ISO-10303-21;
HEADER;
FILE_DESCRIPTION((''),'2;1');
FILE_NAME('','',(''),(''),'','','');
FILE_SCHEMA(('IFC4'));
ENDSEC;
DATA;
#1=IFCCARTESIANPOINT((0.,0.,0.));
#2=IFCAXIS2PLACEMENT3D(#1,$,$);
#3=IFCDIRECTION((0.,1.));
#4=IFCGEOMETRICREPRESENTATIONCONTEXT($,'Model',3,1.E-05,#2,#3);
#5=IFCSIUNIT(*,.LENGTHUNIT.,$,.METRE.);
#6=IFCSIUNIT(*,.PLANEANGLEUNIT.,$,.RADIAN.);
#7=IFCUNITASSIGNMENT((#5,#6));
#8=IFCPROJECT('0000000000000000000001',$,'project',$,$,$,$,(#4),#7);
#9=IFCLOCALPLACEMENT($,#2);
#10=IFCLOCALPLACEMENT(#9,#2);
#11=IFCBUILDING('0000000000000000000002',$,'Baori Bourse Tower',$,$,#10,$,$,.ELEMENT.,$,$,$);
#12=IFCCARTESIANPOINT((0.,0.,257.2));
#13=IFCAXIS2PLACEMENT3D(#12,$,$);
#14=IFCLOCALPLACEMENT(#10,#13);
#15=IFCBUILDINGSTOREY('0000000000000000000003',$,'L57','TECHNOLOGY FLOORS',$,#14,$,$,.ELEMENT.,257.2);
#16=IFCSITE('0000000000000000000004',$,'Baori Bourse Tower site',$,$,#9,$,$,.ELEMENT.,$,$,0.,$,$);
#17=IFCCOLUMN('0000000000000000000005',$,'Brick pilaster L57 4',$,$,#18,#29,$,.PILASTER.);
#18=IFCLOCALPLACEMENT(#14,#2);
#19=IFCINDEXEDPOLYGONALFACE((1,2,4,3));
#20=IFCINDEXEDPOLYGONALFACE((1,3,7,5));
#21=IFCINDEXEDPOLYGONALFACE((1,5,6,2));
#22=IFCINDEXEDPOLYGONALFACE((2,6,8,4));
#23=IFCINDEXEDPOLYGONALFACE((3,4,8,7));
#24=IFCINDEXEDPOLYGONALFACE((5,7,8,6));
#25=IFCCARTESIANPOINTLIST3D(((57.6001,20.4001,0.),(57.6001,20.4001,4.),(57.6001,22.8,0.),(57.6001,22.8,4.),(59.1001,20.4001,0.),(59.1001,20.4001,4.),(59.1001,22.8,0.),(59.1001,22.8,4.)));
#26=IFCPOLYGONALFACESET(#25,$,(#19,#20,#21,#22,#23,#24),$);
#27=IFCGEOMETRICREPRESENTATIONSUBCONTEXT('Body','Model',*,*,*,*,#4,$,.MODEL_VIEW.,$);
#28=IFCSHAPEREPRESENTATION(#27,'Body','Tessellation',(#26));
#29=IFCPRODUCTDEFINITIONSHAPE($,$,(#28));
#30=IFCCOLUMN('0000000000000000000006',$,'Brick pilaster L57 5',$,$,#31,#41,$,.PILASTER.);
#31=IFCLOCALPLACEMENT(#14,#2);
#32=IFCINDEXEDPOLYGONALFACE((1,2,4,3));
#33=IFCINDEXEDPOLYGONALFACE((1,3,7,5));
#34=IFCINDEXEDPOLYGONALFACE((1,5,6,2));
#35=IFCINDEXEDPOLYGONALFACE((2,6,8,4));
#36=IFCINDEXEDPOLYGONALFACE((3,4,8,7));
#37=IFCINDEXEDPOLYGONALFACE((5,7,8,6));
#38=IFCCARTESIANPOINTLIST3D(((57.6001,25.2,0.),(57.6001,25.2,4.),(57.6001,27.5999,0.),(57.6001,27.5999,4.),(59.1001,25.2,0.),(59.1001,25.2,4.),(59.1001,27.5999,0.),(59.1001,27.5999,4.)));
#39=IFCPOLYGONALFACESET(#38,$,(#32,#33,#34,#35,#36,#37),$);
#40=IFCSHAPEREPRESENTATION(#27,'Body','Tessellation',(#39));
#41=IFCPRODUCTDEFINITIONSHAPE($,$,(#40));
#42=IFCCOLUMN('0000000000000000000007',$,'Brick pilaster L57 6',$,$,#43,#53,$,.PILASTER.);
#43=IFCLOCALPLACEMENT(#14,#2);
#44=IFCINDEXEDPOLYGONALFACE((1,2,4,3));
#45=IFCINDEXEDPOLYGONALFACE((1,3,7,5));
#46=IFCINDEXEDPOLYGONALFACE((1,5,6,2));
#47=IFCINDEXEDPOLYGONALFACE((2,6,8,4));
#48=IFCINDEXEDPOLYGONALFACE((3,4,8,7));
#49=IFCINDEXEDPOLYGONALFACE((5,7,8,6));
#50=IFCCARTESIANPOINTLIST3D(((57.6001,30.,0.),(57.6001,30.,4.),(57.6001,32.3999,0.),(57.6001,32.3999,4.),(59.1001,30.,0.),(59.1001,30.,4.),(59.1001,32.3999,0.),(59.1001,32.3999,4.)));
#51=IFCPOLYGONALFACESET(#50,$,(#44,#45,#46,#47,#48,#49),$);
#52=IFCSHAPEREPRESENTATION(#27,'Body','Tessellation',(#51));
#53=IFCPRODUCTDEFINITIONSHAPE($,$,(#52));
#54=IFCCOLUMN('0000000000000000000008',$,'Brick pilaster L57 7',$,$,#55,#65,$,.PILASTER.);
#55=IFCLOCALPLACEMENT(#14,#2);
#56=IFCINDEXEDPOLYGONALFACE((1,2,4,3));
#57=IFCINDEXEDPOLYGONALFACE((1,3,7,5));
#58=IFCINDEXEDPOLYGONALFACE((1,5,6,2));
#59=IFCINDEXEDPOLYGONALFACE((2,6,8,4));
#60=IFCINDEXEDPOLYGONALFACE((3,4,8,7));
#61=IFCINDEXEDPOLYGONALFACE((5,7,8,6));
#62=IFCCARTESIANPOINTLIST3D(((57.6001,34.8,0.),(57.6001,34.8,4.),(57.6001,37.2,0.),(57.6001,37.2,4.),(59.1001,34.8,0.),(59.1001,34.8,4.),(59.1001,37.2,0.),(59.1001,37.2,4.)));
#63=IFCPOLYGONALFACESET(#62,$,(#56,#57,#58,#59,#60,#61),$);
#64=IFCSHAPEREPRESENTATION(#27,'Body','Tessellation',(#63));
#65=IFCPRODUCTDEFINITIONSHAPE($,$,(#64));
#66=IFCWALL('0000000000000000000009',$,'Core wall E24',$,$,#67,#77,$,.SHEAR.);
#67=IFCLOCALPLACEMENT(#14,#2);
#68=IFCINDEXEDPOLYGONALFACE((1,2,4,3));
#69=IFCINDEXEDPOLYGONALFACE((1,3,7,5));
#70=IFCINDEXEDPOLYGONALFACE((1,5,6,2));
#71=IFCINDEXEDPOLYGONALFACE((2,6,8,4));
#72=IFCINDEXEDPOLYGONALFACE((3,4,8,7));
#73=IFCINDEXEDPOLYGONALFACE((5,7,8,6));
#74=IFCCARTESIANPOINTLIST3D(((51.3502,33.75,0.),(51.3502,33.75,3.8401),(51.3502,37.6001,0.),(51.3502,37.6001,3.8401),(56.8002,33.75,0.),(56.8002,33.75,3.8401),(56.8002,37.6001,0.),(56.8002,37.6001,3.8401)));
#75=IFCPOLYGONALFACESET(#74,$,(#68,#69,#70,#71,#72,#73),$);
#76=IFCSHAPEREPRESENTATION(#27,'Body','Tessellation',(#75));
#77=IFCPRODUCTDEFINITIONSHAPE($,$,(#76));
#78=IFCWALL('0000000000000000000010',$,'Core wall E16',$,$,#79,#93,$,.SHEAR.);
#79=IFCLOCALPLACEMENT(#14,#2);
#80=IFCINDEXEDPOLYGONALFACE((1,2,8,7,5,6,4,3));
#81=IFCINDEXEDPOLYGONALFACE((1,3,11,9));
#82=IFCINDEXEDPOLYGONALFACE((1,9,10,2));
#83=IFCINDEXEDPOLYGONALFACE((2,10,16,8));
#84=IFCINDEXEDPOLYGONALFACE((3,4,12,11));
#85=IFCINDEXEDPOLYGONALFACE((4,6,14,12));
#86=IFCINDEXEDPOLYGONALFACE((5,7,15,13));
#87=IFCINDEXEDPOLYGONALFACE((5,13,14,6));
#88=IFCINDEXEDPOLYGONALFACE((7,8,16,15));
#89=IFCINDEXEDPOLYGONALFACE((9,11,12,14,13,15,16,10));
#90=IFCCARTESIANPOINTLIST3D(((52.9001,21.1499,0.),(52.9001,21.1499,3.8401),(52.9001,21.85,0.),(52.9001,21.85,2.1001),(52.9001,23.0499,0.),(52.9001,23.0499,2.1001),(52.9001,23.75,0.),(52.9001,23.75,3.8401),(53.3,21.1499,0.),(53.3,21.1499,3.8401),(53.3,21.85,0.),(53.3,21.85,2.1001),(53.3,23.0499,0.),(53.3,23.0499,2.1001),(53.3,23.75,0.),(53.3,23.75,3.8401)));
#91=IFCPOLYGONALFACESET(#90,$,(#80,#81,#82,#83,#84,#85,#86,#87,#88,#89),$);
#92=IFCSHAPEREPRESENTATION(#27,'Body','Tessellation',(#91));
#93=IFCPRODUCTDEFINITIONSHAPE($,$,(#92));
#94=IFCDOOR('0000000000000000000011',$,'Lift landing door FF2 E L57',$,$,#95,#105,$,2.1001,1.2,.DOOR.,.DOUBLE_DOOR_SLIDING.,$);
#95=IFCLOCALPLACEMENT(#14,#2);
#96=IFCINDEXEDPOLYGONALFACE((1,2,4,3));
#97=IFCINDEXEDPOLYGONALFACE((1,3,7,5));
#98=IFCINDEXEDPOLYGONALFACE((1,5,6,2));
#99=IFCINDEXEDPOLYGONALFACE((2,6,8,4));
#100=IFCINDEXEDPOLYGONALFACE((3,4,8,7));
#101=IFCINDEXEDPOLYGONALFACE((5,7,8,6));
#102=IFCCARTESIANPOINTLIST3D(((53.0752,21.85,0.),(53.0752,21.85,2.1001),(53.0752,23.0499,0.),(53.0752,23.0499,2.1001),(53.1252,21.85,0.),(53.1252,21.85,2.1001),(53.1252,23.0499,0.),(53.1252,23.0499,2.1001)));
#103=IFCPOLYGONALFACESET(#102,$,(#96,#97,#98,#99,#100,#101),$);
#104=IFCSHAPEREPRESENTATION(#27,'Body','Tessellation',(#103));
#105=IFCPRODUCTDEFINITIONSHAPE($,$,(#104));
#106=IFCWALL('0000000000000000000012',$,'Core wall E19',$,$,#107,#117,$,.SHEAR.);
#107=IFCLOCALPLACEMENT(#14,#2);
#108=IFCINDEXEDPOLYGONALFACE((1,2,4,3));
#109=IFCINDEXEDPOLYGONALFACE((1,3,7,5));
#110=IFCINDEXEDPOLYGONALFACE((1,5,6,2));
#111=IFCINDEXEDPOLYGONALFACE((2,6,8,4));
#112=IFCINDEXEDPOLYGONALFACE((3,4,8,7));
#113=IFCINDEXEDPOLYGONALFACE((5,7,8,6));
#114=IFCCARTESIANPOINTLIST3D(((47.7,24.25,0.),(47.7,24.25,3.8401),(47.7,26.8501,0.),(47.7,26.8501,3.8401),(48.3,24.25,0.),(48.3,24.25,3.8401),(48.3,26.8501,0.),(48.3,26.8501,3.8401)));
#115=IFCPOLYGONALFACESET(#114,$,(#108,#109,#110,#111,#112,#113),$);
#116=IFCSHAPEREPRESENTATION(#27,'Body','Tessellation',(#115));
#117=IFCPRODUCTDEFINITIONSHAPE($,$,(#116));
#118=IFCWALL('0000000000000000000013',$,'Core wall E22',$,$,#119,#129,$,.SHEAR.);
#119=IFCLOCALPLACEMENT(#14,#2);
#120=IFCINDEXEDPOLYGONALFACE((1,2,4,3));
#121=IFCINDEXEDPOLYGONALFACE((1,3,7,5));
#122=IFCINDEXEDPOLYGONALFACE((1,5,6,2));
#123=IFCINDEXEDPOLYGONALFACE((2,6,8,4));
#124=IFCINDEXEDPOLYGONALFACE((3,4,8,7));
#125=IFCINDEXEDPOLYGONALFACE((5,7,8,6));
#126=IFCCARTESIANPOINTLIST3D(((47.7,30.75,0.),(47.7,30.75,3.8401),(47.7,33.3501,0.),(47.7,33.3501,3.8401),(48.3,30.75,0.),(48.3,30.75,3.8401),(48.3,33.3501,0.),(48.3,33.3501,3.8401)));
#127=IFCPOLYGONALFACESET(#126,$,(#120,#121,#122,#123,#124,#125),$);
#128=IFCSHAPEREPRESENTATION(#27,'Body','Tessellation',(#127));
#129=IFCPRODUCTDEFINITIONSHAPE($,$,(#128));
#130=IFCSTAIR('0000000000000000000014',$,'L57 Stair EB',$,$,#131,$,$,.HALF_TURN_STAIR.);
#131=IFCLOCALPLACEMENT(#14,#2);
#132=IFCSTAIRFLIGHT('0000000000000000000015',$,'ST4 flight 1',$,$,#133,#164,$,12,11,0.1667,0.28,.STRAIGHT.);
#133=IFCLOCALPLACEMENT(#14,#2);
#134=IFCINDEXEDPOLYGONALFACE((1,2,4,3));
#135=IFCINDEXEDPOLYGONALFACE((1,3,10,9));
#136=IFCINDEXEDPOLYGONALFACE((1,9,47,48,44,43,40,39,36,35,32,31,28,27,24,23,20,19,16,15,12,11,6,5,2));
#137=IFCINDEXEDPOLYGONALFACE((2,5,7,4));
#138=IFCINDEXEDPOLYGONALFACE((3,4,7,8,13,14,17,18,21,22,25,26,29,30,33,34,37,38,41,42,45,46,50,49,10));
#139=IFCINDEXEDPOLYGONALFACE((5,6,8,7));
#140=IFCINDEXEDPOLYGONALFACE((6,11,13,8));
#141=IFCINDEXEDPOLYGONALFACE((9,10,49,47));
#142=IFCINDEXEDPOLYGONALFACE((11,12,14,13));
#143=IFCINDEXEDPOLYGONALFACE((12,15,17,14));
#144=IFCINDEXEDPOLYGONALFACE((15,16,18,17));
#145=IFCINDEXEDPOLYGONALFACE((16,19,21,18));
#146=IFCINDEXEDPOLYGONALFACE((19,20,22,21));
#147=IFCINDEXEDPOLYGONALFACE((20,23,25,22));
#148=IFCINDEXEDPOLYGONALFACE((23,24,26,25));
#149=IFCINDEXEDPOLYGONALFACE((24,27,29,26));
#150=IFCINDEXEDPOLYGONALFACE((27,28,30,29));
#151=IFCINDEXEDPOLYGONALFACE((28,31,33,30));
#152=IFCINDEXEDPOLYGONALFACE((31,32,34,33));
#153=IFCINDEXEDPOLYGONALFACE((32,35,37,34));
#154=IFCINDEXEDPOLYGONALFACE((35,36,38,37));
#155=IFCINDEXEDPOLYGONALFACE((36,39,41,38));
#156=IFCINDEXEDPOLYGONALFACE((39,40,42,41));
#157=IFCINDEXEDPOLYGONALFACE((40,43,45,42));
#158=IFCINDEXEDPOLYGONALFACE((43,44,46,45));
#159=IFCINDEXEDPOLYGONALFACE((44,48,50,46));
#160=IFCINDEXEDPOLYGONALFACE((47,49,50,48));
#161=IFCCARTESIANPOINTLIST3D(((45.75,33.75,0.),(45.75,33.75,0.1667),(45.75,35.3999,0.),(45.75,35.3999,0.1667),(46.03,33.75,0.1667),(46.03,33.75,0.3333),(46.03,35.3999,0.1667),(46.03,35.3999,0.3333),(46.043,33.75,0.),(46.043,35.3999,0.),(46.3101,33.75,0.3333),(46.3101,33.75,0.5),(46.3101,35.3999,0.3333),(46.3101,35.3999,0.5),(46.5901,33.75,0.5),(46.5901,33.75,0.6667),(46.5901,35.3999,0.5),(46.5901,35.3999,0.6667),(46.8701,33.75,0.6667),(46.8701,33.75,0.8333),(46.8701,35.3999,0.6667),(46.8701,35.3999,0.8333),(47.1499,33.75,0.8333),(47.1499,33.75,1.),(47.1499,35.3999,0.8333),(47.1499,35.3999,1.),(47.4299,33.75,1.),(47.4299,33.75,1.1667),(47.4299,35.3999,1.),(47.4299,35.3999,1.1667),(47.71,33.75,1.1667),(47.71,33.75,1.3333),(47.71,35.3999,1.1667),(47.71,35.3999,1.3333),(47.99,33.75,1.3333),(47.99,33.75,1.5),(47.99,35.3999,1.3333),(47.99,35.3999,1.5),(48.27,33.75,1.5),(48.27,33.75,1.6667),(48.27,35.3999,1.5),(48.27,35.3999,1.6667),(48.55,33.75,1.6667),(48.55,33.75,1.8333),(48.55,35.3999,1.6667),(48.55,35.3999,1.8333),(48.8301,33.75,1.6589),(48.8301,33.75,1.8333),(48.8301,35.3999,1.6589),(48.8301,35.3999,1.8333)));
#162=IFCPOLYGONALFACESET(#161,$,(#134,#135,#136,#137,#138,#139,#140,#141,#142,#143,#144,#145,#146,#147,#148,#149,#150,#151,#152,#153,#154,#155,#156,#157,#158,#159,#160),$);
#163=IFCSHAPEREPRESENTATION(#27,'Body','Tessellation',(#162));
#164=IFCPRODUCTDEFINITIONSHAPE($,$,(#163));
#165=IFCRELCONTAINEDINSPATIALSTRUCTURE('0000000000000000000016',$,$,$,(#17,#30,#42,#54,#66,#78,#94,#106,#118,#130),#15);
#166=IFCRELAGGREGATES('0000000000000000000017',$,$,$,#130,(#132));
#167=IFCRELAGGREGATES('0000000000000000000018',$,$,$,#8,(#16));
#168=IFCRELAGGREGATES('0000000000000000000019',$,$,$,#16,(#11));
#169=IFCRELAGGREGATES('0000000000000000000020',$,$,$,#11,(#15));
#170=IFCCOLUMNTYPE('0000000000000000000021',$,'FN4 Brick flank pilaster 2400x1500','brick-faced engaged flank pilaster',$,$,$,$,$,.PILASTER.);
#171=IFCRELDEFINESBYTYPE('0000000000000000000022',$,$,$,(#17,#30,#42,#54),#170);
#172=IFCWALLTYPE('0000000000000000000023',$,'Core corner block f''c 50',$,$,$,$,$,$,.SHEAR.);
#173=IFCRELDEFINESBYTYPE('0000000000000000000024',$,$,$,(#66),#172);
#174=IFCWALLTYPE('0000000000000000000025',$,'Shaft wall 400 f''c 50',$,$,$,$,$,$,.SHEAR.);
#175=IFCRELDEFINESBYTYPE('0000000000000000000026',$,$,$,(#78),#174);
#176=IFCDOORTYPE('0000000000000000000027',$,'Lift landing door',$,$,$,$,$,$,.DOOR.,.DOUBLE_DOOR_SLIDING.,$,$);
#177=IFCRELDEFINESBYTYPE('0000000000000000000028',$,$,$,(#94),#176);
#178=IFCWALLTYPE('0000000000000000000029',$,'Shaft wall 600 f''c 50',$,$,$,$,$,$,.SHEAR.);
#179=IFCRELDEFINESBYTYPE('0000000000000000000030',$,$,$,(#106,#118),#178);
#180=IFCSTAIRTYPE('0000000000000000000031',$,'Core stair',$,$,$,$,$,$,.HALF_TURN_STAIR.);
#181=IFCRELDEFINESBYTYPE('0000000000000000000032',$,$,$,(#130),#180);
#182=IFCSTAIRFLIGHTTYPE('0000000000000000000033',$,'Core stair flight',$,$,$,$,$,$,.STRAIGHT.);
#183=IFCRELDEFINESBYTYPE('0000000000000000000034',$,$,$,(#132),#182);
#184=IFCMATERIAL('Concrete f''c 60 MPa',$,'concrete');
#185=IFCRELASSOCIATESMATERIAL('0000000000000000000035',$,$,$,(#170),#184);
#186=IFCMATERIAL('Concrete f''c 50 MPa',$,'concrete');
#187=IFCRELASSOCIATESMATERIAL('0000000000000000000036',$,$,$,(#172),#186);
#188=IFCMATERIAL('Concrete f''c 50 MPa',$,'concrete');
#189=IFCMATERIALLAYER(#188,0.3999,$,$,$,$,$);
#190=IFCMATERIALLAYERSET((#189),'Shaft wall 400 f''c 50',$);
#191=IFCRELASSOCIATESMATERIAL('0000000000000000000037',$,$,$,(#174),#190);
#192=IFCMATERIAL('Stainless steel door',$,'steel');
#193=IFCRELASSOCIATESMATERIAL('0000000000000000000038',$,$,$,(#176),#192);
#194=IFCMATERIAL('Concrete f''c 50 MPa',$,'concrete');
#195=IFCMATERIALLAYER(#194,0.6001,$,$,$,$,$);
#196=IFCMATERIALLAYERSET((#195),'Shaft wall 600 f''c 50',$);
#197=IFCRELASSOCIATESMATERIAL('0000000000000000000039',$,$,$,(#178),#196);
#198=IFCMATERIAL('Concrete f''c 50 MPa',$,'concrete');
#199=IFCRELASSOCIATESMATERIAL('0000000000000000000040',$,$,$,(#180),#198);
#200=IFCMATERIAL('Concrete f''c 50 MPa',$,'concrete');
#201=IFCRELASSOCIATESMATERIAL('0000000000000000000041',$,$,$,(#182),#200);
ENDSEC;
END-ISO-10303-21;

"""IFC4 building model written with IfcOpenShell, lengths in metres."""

from ifc_helpers import new_model, si_unit, direction, frame, frame_2d, origin, origin_2d, place, context, subcontext, project, spatial, polyline, rectangle, outline, extrude, material, layer, layer_set, material_profile, profile_set, type_object, element, fill, aggregate, save


model = new_model("IFC4")

# Units and contexts
model_context = context("Model", 3, precision=1e-05, world=origin(), true_north=direction((0.0, 1.0)))
body_context = subcontext(model_context, "Body", "Model", "MODEL_VIEW")
ifc_project = project(units=[si_unit("LENGTHUNIT", "METRE"), si_unit("PLANEANGLEUNIT", "RADIAN")], contexts=[model_context])

# Site, building, storey
site_placement = place(None, origin())
site = spatial("IfcSite", under=ifc_project, at=site_placement, Name="Baori Bourse Tower site", CompositionType="ELEMENT", RefElevation=0.0)
building_placement = place(site_placement, origin())
building = spatial("IfcBuilding", under=site, at=building_placement, Name="Baori Bourse Tower", CompositionType="ELEMENT")
storey_placement = place(building_placement, frame((0.0, 0.0, 257.2)))
storey = spatial("IfcBuildingStorey", under=building, at=storey_placement, Name="L57", Description="TECHNOLOGY FLOORS", CompositionType="ELEMENT", Elevation=257.2)

# Columns
ifc_material_1 = material(Name="Concrete f'c 60 MPa", Category="concrete")
ifc_material_profile = material_profile(ifc_material_1, rectangle(XDim=2.3999, YDim=1.5, at=origin_2d()), Name="RC 2400x1500")
ifc_profile_set = profile_set([ifc_material_profile], Name="Concrete f'c 60 MPa")
column_type = type_object("IfcColumnType", Name="FN4 Brick flank pilaster 2400x1500", Description="brick-faced engaged flank pilaster", PredefinedType="PILASTER", material=ifc_profile_set)
for number, where, z_axis, x_axis, name in (
    (1, (58.3501, 21.6001, 0.0), (0.0, 0.0, 1.0), (0.0, 1.0, 0.0), "Brick pilaster L57 4"),
    (2, (58.3501, 26.3999, 0.0), (0.0, 0.0, 1.0), (0.0, 1.0, 0.0), "Brick pilaster L57 5"),
    (3, (58.3501, 31.2, 0.0), (0.0, 0.0, 1.0), (0.0, 1.0, 0.0), "Brick pilaster L57 6"),
    (4, (58.3501, 36.0, 0.0), (0.0, 0.0, 1.0), (0.0, 1.0, 0.0), "Brick pilaster L57 7"),
):
    element("IfcColumn", number, at=place(storey_placement, frame(where, z_axis=z_axis, x_axis=x_axis)), inside=storey, type_object=column_type, Name=name, PredefinedType="PILASTER", context=body_context, shape_type="SweptSolid", body=[
        extrude(rectangle(XDim=2.3999, YDim=1.5, at=origin_2d()), origin(), (0.0, 0.0, 1.0), 4.0),
    ])

# Wall
ifc_material_2 = material(Name="Concrete f'c 50 MPa", Category="concrete")
wall_type_1 = type_object("IfcWallType", Name="Core corner block f'c 50", PredefinedType="SHEAR", material=ifc_material_2)
wall_1_placement = place(storey_placement, frame((51.3501, 35.675, 0.0), z_axis=(0.0, 0.0, 1.0), x_axis=(1.0, 0.0, 0.0)))
element("IfcWall", 5, at=wall_1_placement, inside=storey, type_object=wall_type_1, Name="Core wall E24", PredefinedType="SHEAR", context=body_context, shape_type="SweptSolid", body=[
    extrude(rectangle(XDim=5.45, YDim=3.8501, at=frame_2d((2.7251, 0.0))), origin(), (0.0, 0.0, 1.0), 3.8401),
])

# Wall, opening, door
ifc_material_3 = material(Name="Concrete f'c 50 MPa", Category="concrete")
ifc_layer_1 = layer(ifc_material_3, 0.3999)
ifc_layer_set_1 = layer_set([ifc_layer_1], Name="Shaft wall 400 f'c 50")
wall_type_2 = type_object("IfcWallType", Name="Shaft wall 400 f'c 50", PredefinedType="SHEAR", material=ifc_layer_set_1)
wall_2_placement = place(storey_placement, frame((53.1001, 21.1499, 0.0), z_axis=(0.0, 0.0, 1.0), x_axis=(0.0, 1.0, 0.0)))
wall_2 = element("IfcWall", 6, at=wall_2_placement, inside=storey, type_object=wall_type_2, Name="Core wall E16", PredefinedType="SHEAR", context=body_context, shape_type="SweptSolid", body=[
    extrude(rectangle(XDim=2.6001, YDim=0.3999, at=frame_2d((1.3, 0.0))), origin(), (0.0, 0.0, 1.0), 3.8401),
])
opening_placement = place(wall_2_placement, frame((0.7, 0.0, 0.0)))
opening = element("IfcOpeningElement", 7, at=opening_placement, cuts=wall_2, PredefinedType="OPENING", context=body_context, shape_type="SweptSolid", body=[
    extrude(rectangle(XDim=1.2, YDim=2.1001, at=frame_2d((0.6001, 1.05))), frame((0.0, 0.21, 0.0), z_axis=(0.0, -1.0, 0.0), x_axis=(1.0, 0.0, 0.0)), (0.0, 0.0, 1.0), 0.4199),
])
ifc_material_4 = material(Name="Stainless steel door", Category="steel")
door_type = type_object("IfcDoorType", Name="Lift landing door", OperationType="DOUBLE_DOOR_SLIDING", PredefinedType="DOOR", material=ifc_material_4)
door_placement = place(opening_placement, origin())
door = element("IfcDoor", 8, at=door_placement, inside=storey, type_object=door_type, Name="Lift landing door FF2 E L57", OperationType="DOUBLE_DOOR_SLIDING", OverallHeight=2.1001, OverallWidth=1.2, PredefinedType="DOOR", context=body_context, shape_type="SweptSolid", body=[
    extrude(rectangle(XDim=1.2, YDim=2.1001, at=frame_2d((0.6001, 1.05))), frame((0.0, 0.0249, 0.0), z_axis=(0.0, -1.0, 0.0), x_axis=(1.0, 0.0, 0.0)), (0.0, 0.0, 1.0), 0.05),
])
fill(opening, door)

# Walls
ifc_material_5 = material(Name="Concrete f'c 50 MPa", Category="concrete")
ifc_layer_2 = layer(ifc_material_5, 0.6001)
ifc_layer_set_2 = layer_set([ifc_layer_2], Name="Shaft wall 600 f'c 50")
wall_type_3 = type_object("IfcWallType", Name="Shaft wall 600 f'c 50", PredefinedType="SHEAR", material=ifc_layer_set_2)
for number, where, z_axis, x_axis, name in (
    (9, (48.0, 24.25, 0.0), (0.0, 0.0, 1.0), (0.0, 1.0, 0.0), "Core wall E19"),
    (10, (48.0, 30.75, 0.0), (0.0, 0.0, 1.0), (0.0, 1.0, 0.0), "Core wall E22"),
):
    element("IfcWall", number, at=place(storey_placement, frame(where, z_axis=z_axis, x_axis=x_axis)), inside=storey, type_object=wall_type_3, Name=name, PredefinedType="SHEAR", context=body_context, shape_type="SweptSolid", body=[
        extrude(rectangle(XDim=2.6001, YDim=0.6001, at=frame_2d((1.3, 0.0))), origin(), (0.0, 0.0, 1.0), 3.8401),
    ])

# Stair, stair flight
ifc_material_6 = material(Name="Concrete f'c 50 MPa", Category="concrete")
stair_type = type_object("IfcStairType", Name="Core stair", PredefinedType="HALF_TURN_STAIR", material=ifc_material_6)
stair_placement = place(storey_placement, origin())
stair = element("IfcStair", 11, at=stair_placement, inside=storey, type_object=stair_type, Name="L57 Stair EB", PredefinedType="HALF_TURN_STAIR")
ifc_material_7 = material(Name="Concrete f'c 50 MPa", Category="concrete")
stair_flight_type = type_object("IfcStairFlightType", Name="Core stair flight", PredefinedType="STRAIGHT", material=ifc_material_7)
stair_flight_1_placement = place(storey_placement, frame((45.75, 34.575, 0.0), z_axis=(0.0, 0.0, 1.0), x_axis=(1.0, 0.0, 0.0)))
stair_flight_1 = element("IfcStairFlight", 12, at=stair_flight_1_placement, type_object=stair_flight_type, Name="ST4 flight 1", NumberOfRisers=12, NumberOfTreads=11, PredefinedType="STRAIGHT", RiserHeight=0.1667, TreadLength=0.28, context=body_context, shape_type="SweptSolid", body=[
    extrude(outline(polyline([(0.0, 0.0), (0.0, 0.1667), (0.28, 0.1667), (0.28, 0.3333), (0.5601, 0.3333), (0.5601, 0.5), (0.8401, 0.5), (0.8401, 0.6667), (1.1201, 0.6667), (1.1201, 0.8333), (1.3999, 0.8333), (1.3999, 1.0), (1.6799, 1.0), (1.6799, 1.1667), (1.96, 1.1667), (1.96, 1.3333), (2.24, 1.3333), (2.24, 1.5), (2.52, 1.5), (2.52, 1.6667), (2.8, 1.6667), (2.8, 1.8333), (3.0801, 1.8333), (3.0801, 2.0), (3.0801, 1.6589), (0.293, 0.0), (0.0, 0.0)])), frame((0.0, 0.825, 0.0), z_axis=(0.0, -1.0, 0.0), x_axis=(1.0, 0.0, 0.0)), (0.0, 0.0, 1.0), 1.6499),
])
aggregate(stair, [stair_flight_1])

save(model, "model.ifc")
